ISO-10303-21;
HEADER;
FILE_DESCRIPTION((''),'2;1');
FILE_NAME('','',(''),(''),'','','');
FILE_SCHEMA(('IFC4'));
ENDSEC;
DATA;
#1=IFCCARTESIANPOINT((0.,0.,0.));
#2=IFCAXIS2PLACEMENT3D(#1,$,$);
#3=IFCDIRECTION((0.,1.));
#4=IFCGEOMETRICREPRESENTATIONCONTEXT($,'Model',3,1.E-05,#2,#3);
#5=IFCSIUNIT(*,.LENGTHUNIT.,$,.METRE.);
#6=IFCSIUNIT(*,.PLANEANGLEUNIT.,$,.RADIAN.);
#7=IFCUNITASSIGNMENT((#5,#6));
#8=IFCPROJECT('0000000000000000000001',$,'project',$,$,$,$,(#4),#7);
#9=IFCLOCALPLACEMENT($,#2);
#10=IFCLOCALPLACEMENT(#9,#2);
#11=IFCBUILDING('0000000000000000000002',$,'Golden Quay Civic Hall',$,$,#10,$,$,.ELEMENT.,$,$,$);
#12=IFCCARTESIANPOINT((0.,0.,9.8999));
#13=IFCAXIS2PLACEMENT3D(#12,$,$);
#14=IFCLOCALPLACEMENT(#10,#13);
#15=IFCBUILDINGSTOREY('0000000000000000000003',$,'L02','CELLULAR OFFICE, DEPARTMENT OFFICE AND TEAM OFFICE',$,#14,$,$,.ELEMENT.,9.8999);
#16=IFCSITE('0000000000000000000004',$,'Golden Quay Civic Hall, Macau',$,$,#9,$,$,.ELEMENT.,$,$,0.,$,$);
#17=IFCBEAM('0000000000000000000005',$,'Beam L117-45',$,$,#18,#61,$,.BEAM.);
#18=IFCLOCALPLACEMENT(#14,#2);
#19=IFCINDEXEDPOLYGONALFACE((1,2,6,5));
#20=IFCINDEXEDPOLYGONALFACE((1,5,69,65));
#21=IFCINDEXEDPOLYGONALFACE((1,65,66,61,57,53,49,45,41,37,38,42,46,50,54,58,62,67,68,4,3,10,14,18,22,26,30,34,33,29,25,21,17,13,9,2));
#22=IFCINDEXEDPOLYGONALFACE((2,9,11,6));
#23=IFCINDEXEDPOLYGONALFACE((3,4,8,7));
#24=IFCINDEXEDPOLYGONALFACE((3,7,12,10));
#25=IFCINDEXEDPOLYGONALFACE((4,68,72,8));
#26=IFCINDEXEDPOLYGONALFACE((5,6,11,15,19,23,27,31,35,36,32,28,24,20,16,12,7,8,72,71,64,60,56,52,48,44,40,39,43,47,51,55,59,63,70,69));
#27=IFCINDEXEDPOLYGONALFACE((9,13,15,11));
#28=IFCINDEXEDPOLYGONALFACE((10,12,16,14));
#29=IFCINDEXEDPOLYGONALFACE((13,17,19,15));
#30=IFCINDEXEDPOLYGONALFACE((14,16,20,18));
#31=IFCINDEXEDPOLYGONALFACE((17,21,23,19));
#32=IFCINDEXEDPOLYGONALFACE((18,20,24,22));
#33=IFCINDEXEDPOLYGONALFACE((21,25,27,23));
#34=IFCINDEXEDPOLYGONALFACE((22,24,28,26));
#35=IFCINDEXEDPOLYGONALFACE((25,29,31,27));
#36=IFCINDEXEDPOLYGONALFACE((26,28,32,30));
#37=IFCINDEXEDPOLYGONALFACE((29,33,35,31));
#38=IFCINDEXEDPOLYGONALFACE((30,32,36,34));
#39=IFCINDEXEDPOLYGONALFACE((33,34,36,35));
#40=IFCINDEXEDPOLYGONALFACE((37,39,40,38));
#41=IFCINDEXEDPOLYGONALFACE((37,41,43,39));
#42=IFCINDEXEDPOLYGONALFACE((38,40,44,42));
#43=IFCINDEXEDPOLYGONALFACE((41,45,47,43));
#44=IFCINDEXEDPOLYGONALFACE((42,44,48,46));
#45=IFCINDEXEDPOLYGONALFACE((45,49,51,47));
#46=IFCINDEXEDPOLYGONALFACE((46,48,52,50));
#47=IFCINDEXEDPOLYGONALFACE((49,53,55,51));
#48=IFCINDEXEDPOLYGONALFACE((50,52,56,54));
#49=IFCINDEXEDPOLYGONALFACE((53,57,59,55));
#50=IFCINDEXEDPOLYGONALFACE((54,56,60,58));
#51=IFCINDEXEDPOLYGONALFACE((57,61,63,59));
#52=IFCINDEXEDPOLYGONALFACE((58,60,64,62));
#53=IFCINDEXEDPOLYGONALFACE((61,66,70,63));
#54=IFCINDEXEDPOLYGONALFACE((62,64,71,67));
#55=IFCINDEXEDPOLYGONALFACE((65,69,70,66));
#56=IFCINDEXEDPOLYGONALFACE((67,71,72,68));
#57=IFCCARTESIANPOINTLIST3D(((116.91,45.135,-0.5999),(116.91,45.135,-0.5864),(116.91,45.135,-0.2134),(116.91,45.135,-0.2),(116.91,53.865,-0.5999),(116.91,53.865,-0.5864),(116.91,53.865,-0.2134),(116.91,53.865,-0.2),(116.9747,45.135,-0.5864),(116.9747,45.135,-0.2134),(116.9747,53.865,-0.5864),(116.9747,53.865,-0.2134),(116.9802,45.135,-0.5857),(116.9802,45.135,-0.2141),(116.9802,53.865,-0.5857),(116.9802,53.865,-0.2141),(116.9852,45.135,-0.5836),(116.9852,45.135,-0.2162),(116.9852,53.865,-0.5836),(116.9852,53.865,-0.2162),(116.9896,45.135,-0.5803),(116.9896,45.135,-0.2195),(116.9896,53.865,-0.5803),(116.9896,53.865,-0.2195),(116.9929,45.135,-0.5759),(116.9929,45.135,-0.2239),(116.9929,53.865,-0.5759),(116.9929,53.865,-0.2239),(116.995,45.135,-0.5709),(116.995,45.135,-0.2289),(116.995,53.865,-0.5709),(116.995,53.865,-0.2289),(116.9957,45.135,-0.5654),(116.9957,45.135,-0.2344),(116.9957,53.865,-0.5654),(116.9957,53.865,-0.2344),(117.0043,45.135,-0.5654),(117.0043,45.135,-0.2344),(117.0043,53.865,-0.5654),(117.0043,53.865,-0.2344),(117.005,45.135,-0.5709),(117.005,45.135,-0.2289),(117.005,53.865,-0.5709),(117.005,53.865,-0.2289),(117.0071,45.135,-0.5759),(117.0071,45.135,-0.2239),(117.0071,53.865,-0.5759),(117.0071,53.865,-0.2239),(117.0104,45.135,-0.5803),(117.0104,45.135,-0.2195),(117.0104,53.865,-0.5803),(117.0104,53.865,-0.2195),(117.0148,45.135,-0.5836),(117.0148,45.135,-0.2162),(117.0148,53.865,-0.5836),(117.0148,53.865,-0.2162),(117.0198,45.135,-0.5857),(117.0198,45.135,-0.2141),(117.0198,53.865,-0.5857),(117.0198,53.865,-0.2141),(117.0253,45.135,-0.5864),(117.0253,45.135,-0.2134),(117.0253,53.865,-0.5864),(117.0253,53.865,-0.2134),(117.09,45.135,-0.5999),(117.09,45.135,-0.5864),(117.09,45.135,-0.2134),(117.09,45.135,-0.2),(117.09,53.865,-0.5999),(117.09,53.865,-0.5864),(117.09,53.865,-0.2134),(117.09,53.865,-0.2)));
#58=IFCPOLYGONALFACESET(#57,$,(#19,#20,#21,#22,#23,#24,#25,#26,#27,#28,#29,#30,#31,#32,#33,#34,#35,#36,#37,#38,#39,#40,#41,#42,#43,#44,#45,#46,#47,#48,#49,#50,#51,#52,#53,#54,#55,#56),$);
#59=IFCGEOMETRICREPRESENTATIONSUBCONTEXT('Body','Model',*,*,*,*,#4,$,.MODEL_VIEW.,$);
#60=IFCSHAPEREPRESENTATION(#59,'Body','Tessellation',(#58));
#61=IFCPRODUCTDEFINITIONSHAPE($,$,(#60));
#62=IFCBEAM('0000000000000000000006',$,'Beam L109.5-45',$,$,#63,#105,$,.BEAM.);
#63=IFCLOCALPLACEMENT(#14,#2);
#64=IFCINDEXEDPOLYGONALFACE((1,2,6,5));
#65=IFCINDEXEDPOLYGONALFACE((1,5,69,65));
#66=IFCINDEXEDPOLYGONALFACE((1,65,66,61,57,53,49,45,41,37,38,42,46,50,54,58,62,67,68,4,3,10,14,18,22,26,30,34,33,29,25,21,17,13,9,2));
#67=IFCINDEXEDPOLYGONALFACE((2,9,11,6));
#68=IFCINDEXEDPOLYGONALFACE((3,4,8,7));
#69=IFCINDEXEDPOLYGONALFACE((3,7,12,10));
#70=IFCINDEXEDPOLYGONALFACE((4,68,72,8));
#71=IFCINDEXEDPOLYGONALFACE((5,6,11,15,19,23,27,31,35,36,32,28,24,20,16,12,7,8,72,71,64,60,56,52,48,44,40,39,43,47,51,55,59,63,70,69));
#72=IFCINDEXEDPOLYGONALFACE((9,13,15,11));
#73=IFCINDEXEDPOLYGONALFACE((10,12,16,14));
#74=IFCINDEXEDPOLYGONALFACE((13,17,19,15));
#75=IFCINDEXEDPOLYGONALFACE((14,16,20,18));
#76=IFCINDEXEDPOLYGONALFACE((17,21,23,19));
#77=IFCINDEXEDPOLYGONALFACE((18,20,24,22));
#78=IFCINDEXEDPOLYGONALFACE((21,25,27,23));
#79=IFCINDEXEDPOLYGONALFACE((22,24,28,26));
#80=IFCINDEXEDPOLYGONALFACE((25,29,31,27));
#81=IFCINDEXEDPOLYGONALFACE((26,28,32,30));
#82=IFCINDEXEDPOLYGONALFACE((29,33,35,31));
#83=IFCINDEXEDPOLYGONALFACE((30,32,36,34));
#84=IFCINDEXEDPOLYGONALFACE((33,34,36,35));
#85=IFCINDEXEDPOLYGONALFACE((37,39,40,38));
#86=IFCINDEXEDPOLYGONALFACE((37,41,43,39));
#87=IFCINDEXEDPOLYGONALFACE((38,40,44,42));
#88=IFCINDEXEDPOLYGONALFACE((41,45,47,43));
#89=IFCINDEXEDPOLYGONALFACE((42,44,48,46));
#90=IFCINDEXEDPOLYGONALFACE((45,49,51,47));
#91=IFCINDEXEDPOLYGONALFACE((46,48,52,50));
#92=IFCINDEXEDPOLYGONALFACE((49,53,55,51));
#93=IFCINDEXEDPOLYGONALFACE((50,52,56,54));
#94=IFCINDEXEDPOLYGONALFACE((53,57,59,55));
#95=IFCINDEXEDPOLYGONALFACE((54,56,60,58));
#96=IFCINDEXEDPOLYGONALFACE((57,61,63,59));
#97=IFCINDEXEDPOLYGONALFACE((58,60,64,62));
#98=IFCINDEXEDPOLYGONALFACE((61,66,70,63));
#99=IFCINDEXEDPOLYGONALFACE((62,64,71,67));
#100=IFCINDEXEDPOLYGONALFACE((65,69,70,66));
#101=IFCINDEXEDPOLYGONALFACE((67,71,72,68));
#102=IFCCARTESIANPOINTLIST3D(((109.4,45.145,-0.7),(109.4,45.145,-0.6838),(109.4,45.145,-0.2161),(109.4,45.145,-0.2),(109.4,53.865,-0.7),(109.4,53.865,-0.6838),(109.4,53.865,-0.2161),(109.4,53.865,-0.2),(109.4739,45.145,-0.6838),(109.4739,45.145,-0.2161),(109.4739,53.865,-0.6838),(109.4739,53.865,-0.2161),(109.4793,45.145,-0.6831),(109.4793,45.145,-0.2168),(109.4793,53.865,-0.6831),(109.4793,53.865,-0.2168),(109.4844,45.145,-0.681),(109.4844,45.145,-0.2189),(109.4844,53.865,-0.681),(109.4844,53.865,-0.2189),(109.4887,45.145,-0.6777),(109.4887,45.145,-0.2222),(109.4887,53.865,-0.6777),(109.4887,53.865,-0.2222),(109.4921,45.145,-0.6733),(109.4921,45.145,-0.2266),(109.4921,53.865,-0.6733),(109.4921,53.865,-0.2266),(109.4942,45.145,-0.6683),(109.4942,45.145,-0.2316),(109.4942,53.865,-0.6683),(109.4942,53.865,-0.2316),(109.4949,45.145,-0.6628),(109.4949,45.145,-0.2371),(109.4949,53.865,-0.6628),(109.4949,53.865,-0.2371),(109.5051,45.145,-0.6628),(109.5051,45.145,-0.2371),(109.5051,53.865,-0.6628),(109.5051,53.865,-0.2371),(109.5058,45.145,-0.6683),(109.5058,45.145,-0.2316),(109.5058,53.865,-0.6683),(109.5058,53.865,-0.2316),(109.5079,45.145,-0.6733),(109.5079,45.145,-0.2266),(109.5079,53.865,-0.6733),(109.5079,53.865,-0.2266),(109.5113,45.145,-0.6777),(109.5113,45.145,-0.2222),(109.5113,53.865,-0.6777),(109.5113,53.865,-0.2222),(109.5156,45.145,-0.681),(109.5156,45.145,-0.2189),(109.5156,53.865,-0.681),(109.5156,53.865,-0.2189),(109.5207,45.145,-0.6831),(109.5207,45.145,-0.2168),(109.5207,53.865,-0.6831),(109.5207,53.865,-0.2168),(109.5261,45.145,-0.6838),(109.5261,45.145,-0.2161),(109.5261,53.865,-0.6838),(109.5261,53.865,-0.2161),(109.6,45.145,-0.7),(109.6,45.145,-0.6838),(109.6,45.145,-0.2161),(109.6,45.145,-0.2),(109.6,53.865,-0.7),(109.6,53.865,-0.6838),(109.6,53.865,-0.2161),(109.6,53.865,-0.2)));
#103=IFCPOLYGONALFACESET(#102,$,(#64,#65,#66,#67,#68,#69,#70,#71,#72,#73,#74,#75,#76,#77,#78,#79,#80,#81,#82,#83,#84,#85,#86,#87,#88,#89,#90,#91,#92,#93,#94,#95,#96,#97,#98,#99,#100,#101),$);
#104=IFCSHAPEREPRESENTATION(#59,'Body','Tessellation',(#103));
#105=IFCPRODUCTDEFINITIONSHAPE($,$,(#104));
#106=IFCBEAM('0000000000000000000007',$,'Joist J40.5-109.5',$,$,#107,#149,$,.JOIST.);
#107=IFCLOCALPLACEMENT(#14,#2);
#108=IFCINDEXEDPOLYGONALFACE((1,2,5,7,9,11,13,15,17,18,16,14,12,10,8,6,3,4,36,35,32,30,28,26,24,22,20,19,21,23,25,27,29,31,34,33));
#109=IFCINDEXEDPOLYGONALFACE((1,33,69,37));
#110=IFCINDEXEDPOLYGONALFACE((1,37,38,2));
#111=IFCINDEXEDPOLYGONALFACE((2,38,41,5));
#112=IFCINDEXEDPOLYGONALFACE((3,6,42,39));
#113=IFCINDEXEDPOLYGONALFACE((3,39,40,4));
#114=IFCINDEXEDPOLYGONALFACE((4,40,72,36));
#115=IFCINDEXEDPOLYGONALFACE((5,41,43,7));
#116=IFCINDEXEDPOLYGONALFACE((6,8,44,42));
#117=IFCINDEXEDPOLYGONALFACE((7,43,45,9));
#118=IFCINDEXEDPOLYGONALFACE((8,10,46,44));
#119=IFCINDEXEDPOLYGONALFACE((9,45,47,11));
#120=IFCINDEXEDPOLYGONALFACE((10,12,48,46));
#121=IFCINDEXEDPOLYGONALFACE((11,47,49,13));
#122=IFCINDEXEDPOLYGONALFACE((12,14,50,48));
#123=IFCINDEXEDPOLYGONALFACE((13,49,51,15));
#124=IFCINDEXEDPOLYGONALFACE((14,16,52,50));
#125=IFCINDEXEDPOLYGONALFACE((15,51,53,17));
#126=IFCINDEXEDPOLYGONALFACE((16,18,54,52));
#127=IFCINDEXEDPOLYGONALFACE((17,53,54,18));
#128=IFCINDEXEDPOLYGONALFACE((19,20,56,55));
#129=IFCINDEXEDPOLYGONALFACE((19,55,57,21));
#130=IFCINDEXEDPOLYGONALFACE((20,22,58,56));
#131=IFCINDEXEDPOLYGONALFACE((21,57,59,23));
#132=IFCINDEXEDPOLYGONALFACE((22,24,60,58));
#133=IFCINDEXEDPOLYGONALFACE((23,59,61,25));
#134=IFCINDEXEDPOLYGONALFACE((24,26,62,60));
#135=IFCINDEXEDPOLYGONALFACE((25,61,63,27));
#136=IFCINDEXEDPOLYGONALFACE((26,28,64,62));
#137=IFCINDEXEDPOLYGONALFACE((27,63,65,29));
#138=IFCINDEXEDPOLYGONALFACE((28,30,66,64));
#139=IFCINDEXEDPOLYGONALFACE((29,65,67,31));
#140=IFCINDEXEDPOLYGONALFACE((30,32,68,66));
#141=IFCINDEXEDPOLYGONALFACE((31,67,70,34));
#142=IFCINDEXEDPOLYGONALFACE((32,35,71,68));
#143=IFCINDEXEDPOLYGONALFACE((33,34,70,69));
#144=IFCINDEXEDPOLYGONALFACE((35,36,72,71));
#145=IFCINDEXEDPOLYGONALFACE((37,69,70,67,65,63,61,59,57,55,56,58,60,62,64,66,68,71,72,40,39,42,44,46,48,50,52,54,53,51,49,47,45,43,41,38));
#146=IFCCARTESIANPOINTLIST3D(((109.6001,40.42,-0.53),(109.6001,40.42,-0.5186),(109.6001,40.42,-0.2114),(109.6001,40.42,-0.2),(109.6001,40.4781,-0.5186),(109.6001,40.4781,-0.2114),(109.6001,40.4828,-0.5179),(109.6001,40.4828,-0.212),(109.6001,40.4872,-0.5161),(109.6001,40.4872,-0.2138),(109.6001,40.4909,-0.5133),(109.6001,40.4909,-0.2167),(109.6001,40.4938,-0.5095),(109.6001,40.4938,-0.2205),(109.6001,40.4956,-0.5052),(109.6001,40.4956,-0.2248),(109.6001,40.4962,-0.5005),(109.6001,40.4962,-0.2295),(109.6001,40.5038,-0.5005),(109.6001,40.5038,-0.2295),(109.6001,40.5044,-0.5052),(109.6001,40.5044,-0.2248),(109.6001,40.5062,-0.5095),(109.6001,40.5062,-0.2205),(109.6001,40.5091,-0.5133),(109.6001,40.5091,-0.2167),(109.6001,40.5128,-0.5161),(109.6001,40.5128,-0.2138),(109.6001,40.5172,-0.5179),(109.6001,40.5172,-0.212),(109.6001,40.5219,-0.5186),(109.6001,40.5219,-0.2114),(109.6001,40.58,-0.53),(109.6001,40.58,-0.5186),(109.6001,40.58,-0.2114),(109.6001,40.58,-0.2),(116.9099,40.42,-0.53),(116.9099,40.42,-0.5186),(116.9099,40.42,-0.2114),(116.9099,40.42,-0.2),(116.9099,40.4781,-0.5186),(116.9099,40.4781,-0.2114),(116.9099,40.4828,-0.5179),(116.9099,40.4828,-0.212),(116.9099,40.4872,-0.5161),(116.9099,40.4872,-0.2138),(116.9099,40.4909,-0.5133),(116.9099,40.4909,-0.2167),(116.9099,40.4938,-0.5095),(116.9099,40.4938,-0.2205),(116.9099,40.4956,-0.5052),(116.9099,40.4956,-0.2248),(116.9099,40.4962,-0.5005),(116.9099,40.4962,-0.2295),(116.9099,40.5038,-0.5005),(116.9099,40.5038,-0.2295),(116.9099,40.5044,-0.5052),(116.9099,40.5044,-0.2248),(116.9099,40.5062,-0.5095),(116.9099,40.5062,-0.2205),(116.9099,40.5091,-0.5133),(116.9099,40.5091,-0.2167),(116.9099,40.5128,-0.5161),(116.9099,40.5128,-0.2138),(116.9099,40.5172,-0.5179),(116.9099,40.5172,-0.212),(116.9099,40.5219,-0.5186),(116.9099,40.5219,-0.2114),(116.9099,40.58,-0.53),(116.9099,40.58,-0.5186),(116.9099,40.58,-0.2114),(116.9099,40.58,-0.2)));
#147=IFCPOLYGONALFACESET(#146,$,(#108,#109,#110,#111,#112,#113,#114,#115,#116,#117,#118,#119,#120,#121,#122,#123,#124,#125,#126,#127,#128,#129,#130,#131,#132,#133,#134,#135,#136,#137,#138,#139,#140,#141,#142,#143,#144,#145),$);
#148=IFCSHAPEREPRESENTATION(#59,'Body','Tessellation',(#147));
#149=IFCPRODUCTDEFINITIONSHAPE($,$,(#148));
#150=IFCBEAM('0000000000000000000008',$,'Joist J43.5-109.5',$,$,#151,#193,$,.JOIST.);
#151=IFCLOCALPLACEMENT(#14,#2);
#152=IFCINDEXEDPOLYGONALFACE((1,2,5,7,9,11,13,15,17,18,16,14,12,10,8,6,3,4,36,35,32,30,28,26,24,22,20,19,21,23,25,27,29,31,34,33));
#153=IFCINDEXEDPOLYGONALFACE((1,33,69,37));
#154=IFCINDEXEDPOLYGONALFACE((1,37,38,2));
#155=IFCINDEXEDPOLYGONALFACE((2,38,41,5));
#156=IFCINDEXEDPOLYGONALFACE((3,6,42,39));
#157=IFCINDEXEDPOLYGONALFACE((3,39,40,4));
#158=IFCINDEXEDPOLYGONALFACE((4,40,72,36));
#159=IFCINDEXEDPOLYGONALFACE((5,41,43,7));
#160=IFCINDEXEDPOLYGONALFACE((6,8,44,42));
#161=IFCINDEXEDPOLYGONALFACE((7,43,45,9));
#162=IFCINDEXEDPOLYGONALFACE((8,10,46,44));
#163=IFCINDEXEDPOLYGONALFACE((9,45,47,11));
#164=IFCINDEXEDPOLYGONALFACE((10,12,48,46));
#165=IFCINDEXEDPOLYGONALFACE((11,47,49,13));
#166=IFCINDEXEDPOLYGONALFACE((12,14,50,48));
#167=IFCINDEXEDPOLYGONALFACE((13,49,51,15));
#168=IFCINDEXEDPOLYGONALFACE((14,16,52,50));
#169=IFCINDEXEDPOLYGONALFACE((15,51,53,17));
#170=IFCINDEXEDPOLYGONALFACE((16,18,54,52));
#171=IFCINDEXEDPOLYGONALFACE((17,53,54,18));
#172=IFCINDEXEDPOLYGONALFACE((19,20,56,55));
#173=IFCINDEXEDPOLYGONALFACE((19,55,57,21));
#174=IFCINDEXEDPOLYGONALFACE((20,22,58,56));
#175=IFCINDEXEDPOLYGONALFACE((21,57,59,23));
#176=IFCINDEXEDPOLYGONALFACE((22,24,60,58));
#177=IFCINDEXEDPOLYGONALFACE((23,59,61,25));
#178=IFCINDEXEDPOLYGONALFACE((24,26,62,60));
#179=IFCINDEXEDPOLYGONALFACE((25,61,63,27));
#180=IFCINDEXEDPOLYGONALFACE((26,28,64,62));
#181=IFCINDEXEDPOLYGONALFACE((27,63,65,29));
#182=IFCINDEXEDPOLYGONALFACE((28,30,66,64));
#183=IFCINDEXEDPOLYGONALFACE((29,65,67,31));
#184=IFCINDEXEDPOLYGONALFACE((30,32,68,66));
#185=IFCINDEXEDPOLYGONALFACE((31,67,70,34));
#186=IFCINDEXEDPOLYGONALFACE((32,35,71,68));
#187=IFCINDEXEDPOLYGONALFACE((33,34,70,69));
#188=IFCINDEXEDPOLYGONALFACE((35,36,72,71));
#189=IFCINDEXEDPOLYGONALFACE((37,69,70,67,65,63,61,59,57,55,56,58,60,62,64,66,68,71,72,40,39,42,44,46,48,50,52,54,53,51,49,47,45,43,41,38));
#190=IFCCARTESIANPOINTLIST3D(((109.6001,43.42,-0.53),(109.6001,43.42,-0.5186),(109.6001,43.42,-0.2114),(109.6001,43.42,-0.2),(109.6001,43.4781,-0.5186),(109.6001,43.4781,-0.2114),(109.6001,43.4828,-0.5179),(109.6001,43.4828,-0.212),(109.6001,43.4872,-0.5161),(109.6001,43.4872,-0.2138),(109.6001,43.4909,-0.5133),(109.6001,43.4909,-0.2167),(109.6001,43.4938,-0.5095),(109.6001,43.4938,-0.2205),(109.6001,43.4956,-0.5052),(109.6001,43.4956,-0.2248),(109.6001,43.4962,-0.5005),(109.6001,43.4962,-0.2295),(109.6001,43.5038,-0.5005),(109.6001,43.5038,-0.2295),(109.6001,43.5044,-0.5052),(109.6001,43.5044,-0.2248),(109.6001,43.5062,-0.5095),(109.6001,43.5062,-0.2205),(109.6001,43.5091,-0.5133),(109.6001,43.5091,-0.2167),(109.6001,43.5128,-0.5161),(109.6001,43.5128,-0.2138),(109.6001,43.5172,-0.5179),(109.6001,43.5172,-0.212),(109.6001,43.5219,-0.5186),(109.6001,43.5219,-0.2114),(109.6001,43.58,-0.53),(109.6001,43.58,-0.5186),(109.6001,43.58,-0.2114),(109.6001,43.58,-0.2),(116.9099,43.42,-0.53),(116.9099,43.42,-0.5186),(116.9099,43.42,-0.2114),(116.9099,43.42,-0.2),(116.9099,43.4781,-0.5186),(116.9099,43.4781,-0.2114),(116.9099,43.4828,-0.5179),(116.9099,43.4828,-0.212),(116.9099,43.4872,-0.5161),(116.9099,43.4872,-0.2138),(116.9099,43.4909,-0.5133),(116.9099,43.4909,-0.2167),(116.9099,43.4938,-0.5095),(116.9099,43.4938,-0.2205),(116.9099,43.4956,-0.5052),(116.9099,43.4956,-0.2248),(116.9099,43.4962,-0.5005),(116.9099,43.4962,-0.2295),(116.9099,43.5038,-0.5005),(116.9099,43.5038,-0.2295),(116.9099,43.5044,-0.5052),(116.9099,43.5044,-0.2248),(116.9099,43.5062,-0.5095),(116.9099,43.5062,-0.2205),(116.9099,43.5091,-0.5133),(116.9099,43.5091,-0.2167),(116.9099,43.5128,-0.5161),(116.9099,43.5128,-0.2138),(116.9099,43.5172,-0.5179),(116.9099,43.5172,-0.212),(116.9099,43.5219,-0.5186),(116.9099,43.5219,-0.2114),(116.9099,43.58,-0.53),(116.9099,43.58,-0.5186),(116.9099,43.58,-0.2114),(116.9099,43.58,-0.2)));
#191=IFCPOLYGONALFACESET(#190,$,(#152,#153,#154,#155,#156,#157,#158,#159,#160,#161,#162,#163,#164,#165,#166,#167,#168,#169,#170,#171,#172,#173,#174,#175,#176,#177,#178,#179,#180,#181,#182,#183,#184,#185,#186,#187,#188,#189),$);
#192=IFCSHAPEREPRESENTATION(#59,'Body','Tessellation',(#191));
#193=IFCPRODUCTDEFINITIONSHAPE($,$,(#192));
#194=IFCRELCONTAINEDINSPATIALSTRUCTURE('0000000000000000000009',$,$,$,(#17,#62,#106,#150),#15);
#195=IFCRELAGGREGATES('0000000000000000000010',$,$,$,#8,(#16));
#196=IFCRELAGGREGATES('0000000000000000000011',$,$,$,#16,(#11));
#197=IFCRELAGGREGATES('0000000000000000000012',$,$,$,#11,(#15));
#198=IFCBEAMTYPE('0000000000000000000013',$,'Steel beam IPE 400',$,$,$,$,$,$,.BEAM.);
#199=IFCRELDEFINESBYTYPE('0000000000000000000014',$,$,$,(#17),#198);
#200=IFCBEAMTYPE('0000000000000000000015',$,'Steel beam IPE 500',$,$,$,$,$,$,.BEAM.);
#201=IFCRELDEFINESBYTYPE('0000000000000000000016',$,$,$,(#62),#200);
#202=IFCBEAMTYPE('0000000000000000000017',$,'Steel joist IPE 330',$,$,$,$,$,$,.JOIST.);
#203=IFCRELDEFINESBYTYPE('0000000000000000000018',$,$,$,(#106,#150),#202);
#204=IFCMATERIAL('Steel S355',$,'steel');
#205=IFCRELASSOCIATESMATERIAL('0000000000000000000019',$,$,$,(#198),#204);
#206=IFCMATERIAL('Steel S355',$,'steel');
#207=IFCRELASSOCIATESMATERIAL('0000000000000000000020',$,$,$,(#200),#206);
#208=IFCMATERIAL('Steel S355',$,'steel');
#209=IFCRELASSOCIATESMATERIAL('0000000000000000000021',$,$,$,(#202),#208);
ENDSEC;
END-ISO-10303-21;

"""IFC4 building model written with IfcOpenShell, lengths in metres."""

from ifc_helpers import new_model, si_unit, direction, frame, origin, origin_2d, place, context, subcontext, project, spatial, i_section, extrude, material, material_profile, profile_set, type_object, element, save


model = new_model("IFC4")

# Units and contexts
model_context = context("Model", 3, precision=1e-05, world=origin(), true_north=direction((0.0, 1.0)))
body_context = subcontext(model_context, "Body", "Model", "MODEL_VIEW")
ifc_project = project(units=[si_unit("LENGTHUNIT", "METRE"), si_unit("PLANEANGLEUNIT", "RADIAN")], contexts=[model_context])

# Site, building, storey
site_placement = place(None, origin())
site = spatial("IfcSite", under=ifc_project, at=site_placement, Name="Golden Quay Civic Hall, Macau", CompositionType="ELEMENT", RefElevation=0.0)
building_placement = place(site_placement, origin())
building = spatial("IfcBuilding", under=site, at=building_placement, Name="Golden Quay Civic Hall", CompositionType="ELEMENT")
storey_placement = place(building_placement, frame((0.0, 0.0, 9.8999)))
storey = spatial("IfcBuildingStorey", under=building, at=storey_placement, Name="L02", Description="CELLULAR OFFICE, DEPARTMENT OFFICE AND TEAM OFFICE", CompositionType="ELEMENT", Elevation=9.8999)

# Beams
ifc_material_1 = material(Name="Steel S355", Category="steel")
ifc_material_profile_1 = material_profile(ifc_material_1, i_section(OverallWidth=0.1799, OverallDepth=0.3999, WebThickness=0.0085, FlangeThickness=0.0134, FilletRadius=0.021, at=origin_2d()), Name="IPE 400")
ifc_profile_set_1 = profile_set([ifc_material_profile_1], Name="Steel S355")
beam_type_1 = type_object("IfcBeamType", Name="Steel beam IPE 400", PredefinedType="BEAM", material=ifc_profile_set_1)
beam_1_placement = place(storey_placement, frame((117.0, 45.135, -0.3999), z_axis=(0.0, 1.0, 0.0), x_axis=(-1.0, 0.0, 0.0)))
element("IfcBeam", 1, at=beam_1_placement, inside=storey, type_object=beam_type_1, Name="Beam L117-45", PredefinedType="BEAM", context=body_context, shape_type="SweptSolid", body=[
    extrude(i_section(OverallWidth=0.1799, OverallDepth=0.3999, WebThickness=0.0085, FlangeThickness=0.0134, FilletRadius=0.021, at=origin_2d()), origin(), (0.0, 0.0, 1.0), 8.73),
])
ifc_material_2 = material(Name="Steel S355", Category="steel")
ifc_material_profile_2 = material_profile(ifc_material_2, i_section(OverallWidth=0.2, OverallDepth=0.5, WebThickness=0.0103, FlangeThickness=0.0161, FilletRadius=0.021, at=origin_2d()), Name="IPE 500")
ifc_profile_set_2 = profile_set([ifc_material_profile_2], Name="Steel S355")
beam_type_2 = type_object("IfcBeamType", Name="Steel beam IPE 500", PredefinedType="BEAM", material=ifc_profile_set_2)
beam_2_placement = place(storey_placement, frame((109.5, 45.145, -0.45), z_axis=(0.0, 1.0, 0.0), x_axis=(-1.0, 0.0, 0.0)))
element("IfcBeam", 2, at=beam_2_placement, inside=storey, type_object=beam_type_2, Name="Beam L109.5-45", PredefinedType="BEAM", context=body_context, shape_type="SweptSolid", body=[
    extrude(i_section(OverallWidth=0.2, OverallDepth=0.5, WebThickness=0.0103, FlangeThickness=0.0161, FilletRadius=0.021, at=origin_2d()), origin(), (0.0, 0.0, 1.0), 8.72),
])
ifc_material_3 = material(Name="Steel S355", Category="steel")
ifc_material_profile_3 = material_profile(ifc_material_3, i_section(OverallWidth=0.1599, OverallDepth=0.3301, WebThickness=0.0076, FlangeThickness=0.0115, FilletRadius=0.0181, at=origin_2d()), Name="IPE 330")
ifc_profile_set_3 = profile_set([ifc_material_profile_3], Name="Steel S355")
beam_type_3 = type_object("IfcBeamType", Name="Steel joist IPE 330", PredefinedType="JOIST", material=ifc_profile_set_3)
for number, where, z_axis, x_axis, name in (
    (3, (109.6001, 40.5, -0.365), (1.0, 0.0, 0.0), (0.0, 1.0, 0.0), "Joist J40.5-109.5"),
    (4, (109.6001, 43.5, -0.365), (1.0, 0.0, 0.0), (0.0, 1.0, 0.0), "Joist J43.5-109.5"),
):
    element("IfcBeam", number, at=place(storey_placement, frame(where, z_axis=z_axis, x_axis=x_axis)), inside=storey, type_object=beam_type_3, Name=name, PredefinedType="JOIST", context=body_context, shape_type="SweptSolid", body=[
        extrude(i_section(OverallWidth=0.1599, OverallDepth=0.3301, WebThickness=0.0076, FlangeThickness=0.0115, FilletRadius=0.0181, at=origin_2d()), origin(), (0.0, 0.0, 1.0), 7.3098),
    ])

save(model, "model.ifc")
